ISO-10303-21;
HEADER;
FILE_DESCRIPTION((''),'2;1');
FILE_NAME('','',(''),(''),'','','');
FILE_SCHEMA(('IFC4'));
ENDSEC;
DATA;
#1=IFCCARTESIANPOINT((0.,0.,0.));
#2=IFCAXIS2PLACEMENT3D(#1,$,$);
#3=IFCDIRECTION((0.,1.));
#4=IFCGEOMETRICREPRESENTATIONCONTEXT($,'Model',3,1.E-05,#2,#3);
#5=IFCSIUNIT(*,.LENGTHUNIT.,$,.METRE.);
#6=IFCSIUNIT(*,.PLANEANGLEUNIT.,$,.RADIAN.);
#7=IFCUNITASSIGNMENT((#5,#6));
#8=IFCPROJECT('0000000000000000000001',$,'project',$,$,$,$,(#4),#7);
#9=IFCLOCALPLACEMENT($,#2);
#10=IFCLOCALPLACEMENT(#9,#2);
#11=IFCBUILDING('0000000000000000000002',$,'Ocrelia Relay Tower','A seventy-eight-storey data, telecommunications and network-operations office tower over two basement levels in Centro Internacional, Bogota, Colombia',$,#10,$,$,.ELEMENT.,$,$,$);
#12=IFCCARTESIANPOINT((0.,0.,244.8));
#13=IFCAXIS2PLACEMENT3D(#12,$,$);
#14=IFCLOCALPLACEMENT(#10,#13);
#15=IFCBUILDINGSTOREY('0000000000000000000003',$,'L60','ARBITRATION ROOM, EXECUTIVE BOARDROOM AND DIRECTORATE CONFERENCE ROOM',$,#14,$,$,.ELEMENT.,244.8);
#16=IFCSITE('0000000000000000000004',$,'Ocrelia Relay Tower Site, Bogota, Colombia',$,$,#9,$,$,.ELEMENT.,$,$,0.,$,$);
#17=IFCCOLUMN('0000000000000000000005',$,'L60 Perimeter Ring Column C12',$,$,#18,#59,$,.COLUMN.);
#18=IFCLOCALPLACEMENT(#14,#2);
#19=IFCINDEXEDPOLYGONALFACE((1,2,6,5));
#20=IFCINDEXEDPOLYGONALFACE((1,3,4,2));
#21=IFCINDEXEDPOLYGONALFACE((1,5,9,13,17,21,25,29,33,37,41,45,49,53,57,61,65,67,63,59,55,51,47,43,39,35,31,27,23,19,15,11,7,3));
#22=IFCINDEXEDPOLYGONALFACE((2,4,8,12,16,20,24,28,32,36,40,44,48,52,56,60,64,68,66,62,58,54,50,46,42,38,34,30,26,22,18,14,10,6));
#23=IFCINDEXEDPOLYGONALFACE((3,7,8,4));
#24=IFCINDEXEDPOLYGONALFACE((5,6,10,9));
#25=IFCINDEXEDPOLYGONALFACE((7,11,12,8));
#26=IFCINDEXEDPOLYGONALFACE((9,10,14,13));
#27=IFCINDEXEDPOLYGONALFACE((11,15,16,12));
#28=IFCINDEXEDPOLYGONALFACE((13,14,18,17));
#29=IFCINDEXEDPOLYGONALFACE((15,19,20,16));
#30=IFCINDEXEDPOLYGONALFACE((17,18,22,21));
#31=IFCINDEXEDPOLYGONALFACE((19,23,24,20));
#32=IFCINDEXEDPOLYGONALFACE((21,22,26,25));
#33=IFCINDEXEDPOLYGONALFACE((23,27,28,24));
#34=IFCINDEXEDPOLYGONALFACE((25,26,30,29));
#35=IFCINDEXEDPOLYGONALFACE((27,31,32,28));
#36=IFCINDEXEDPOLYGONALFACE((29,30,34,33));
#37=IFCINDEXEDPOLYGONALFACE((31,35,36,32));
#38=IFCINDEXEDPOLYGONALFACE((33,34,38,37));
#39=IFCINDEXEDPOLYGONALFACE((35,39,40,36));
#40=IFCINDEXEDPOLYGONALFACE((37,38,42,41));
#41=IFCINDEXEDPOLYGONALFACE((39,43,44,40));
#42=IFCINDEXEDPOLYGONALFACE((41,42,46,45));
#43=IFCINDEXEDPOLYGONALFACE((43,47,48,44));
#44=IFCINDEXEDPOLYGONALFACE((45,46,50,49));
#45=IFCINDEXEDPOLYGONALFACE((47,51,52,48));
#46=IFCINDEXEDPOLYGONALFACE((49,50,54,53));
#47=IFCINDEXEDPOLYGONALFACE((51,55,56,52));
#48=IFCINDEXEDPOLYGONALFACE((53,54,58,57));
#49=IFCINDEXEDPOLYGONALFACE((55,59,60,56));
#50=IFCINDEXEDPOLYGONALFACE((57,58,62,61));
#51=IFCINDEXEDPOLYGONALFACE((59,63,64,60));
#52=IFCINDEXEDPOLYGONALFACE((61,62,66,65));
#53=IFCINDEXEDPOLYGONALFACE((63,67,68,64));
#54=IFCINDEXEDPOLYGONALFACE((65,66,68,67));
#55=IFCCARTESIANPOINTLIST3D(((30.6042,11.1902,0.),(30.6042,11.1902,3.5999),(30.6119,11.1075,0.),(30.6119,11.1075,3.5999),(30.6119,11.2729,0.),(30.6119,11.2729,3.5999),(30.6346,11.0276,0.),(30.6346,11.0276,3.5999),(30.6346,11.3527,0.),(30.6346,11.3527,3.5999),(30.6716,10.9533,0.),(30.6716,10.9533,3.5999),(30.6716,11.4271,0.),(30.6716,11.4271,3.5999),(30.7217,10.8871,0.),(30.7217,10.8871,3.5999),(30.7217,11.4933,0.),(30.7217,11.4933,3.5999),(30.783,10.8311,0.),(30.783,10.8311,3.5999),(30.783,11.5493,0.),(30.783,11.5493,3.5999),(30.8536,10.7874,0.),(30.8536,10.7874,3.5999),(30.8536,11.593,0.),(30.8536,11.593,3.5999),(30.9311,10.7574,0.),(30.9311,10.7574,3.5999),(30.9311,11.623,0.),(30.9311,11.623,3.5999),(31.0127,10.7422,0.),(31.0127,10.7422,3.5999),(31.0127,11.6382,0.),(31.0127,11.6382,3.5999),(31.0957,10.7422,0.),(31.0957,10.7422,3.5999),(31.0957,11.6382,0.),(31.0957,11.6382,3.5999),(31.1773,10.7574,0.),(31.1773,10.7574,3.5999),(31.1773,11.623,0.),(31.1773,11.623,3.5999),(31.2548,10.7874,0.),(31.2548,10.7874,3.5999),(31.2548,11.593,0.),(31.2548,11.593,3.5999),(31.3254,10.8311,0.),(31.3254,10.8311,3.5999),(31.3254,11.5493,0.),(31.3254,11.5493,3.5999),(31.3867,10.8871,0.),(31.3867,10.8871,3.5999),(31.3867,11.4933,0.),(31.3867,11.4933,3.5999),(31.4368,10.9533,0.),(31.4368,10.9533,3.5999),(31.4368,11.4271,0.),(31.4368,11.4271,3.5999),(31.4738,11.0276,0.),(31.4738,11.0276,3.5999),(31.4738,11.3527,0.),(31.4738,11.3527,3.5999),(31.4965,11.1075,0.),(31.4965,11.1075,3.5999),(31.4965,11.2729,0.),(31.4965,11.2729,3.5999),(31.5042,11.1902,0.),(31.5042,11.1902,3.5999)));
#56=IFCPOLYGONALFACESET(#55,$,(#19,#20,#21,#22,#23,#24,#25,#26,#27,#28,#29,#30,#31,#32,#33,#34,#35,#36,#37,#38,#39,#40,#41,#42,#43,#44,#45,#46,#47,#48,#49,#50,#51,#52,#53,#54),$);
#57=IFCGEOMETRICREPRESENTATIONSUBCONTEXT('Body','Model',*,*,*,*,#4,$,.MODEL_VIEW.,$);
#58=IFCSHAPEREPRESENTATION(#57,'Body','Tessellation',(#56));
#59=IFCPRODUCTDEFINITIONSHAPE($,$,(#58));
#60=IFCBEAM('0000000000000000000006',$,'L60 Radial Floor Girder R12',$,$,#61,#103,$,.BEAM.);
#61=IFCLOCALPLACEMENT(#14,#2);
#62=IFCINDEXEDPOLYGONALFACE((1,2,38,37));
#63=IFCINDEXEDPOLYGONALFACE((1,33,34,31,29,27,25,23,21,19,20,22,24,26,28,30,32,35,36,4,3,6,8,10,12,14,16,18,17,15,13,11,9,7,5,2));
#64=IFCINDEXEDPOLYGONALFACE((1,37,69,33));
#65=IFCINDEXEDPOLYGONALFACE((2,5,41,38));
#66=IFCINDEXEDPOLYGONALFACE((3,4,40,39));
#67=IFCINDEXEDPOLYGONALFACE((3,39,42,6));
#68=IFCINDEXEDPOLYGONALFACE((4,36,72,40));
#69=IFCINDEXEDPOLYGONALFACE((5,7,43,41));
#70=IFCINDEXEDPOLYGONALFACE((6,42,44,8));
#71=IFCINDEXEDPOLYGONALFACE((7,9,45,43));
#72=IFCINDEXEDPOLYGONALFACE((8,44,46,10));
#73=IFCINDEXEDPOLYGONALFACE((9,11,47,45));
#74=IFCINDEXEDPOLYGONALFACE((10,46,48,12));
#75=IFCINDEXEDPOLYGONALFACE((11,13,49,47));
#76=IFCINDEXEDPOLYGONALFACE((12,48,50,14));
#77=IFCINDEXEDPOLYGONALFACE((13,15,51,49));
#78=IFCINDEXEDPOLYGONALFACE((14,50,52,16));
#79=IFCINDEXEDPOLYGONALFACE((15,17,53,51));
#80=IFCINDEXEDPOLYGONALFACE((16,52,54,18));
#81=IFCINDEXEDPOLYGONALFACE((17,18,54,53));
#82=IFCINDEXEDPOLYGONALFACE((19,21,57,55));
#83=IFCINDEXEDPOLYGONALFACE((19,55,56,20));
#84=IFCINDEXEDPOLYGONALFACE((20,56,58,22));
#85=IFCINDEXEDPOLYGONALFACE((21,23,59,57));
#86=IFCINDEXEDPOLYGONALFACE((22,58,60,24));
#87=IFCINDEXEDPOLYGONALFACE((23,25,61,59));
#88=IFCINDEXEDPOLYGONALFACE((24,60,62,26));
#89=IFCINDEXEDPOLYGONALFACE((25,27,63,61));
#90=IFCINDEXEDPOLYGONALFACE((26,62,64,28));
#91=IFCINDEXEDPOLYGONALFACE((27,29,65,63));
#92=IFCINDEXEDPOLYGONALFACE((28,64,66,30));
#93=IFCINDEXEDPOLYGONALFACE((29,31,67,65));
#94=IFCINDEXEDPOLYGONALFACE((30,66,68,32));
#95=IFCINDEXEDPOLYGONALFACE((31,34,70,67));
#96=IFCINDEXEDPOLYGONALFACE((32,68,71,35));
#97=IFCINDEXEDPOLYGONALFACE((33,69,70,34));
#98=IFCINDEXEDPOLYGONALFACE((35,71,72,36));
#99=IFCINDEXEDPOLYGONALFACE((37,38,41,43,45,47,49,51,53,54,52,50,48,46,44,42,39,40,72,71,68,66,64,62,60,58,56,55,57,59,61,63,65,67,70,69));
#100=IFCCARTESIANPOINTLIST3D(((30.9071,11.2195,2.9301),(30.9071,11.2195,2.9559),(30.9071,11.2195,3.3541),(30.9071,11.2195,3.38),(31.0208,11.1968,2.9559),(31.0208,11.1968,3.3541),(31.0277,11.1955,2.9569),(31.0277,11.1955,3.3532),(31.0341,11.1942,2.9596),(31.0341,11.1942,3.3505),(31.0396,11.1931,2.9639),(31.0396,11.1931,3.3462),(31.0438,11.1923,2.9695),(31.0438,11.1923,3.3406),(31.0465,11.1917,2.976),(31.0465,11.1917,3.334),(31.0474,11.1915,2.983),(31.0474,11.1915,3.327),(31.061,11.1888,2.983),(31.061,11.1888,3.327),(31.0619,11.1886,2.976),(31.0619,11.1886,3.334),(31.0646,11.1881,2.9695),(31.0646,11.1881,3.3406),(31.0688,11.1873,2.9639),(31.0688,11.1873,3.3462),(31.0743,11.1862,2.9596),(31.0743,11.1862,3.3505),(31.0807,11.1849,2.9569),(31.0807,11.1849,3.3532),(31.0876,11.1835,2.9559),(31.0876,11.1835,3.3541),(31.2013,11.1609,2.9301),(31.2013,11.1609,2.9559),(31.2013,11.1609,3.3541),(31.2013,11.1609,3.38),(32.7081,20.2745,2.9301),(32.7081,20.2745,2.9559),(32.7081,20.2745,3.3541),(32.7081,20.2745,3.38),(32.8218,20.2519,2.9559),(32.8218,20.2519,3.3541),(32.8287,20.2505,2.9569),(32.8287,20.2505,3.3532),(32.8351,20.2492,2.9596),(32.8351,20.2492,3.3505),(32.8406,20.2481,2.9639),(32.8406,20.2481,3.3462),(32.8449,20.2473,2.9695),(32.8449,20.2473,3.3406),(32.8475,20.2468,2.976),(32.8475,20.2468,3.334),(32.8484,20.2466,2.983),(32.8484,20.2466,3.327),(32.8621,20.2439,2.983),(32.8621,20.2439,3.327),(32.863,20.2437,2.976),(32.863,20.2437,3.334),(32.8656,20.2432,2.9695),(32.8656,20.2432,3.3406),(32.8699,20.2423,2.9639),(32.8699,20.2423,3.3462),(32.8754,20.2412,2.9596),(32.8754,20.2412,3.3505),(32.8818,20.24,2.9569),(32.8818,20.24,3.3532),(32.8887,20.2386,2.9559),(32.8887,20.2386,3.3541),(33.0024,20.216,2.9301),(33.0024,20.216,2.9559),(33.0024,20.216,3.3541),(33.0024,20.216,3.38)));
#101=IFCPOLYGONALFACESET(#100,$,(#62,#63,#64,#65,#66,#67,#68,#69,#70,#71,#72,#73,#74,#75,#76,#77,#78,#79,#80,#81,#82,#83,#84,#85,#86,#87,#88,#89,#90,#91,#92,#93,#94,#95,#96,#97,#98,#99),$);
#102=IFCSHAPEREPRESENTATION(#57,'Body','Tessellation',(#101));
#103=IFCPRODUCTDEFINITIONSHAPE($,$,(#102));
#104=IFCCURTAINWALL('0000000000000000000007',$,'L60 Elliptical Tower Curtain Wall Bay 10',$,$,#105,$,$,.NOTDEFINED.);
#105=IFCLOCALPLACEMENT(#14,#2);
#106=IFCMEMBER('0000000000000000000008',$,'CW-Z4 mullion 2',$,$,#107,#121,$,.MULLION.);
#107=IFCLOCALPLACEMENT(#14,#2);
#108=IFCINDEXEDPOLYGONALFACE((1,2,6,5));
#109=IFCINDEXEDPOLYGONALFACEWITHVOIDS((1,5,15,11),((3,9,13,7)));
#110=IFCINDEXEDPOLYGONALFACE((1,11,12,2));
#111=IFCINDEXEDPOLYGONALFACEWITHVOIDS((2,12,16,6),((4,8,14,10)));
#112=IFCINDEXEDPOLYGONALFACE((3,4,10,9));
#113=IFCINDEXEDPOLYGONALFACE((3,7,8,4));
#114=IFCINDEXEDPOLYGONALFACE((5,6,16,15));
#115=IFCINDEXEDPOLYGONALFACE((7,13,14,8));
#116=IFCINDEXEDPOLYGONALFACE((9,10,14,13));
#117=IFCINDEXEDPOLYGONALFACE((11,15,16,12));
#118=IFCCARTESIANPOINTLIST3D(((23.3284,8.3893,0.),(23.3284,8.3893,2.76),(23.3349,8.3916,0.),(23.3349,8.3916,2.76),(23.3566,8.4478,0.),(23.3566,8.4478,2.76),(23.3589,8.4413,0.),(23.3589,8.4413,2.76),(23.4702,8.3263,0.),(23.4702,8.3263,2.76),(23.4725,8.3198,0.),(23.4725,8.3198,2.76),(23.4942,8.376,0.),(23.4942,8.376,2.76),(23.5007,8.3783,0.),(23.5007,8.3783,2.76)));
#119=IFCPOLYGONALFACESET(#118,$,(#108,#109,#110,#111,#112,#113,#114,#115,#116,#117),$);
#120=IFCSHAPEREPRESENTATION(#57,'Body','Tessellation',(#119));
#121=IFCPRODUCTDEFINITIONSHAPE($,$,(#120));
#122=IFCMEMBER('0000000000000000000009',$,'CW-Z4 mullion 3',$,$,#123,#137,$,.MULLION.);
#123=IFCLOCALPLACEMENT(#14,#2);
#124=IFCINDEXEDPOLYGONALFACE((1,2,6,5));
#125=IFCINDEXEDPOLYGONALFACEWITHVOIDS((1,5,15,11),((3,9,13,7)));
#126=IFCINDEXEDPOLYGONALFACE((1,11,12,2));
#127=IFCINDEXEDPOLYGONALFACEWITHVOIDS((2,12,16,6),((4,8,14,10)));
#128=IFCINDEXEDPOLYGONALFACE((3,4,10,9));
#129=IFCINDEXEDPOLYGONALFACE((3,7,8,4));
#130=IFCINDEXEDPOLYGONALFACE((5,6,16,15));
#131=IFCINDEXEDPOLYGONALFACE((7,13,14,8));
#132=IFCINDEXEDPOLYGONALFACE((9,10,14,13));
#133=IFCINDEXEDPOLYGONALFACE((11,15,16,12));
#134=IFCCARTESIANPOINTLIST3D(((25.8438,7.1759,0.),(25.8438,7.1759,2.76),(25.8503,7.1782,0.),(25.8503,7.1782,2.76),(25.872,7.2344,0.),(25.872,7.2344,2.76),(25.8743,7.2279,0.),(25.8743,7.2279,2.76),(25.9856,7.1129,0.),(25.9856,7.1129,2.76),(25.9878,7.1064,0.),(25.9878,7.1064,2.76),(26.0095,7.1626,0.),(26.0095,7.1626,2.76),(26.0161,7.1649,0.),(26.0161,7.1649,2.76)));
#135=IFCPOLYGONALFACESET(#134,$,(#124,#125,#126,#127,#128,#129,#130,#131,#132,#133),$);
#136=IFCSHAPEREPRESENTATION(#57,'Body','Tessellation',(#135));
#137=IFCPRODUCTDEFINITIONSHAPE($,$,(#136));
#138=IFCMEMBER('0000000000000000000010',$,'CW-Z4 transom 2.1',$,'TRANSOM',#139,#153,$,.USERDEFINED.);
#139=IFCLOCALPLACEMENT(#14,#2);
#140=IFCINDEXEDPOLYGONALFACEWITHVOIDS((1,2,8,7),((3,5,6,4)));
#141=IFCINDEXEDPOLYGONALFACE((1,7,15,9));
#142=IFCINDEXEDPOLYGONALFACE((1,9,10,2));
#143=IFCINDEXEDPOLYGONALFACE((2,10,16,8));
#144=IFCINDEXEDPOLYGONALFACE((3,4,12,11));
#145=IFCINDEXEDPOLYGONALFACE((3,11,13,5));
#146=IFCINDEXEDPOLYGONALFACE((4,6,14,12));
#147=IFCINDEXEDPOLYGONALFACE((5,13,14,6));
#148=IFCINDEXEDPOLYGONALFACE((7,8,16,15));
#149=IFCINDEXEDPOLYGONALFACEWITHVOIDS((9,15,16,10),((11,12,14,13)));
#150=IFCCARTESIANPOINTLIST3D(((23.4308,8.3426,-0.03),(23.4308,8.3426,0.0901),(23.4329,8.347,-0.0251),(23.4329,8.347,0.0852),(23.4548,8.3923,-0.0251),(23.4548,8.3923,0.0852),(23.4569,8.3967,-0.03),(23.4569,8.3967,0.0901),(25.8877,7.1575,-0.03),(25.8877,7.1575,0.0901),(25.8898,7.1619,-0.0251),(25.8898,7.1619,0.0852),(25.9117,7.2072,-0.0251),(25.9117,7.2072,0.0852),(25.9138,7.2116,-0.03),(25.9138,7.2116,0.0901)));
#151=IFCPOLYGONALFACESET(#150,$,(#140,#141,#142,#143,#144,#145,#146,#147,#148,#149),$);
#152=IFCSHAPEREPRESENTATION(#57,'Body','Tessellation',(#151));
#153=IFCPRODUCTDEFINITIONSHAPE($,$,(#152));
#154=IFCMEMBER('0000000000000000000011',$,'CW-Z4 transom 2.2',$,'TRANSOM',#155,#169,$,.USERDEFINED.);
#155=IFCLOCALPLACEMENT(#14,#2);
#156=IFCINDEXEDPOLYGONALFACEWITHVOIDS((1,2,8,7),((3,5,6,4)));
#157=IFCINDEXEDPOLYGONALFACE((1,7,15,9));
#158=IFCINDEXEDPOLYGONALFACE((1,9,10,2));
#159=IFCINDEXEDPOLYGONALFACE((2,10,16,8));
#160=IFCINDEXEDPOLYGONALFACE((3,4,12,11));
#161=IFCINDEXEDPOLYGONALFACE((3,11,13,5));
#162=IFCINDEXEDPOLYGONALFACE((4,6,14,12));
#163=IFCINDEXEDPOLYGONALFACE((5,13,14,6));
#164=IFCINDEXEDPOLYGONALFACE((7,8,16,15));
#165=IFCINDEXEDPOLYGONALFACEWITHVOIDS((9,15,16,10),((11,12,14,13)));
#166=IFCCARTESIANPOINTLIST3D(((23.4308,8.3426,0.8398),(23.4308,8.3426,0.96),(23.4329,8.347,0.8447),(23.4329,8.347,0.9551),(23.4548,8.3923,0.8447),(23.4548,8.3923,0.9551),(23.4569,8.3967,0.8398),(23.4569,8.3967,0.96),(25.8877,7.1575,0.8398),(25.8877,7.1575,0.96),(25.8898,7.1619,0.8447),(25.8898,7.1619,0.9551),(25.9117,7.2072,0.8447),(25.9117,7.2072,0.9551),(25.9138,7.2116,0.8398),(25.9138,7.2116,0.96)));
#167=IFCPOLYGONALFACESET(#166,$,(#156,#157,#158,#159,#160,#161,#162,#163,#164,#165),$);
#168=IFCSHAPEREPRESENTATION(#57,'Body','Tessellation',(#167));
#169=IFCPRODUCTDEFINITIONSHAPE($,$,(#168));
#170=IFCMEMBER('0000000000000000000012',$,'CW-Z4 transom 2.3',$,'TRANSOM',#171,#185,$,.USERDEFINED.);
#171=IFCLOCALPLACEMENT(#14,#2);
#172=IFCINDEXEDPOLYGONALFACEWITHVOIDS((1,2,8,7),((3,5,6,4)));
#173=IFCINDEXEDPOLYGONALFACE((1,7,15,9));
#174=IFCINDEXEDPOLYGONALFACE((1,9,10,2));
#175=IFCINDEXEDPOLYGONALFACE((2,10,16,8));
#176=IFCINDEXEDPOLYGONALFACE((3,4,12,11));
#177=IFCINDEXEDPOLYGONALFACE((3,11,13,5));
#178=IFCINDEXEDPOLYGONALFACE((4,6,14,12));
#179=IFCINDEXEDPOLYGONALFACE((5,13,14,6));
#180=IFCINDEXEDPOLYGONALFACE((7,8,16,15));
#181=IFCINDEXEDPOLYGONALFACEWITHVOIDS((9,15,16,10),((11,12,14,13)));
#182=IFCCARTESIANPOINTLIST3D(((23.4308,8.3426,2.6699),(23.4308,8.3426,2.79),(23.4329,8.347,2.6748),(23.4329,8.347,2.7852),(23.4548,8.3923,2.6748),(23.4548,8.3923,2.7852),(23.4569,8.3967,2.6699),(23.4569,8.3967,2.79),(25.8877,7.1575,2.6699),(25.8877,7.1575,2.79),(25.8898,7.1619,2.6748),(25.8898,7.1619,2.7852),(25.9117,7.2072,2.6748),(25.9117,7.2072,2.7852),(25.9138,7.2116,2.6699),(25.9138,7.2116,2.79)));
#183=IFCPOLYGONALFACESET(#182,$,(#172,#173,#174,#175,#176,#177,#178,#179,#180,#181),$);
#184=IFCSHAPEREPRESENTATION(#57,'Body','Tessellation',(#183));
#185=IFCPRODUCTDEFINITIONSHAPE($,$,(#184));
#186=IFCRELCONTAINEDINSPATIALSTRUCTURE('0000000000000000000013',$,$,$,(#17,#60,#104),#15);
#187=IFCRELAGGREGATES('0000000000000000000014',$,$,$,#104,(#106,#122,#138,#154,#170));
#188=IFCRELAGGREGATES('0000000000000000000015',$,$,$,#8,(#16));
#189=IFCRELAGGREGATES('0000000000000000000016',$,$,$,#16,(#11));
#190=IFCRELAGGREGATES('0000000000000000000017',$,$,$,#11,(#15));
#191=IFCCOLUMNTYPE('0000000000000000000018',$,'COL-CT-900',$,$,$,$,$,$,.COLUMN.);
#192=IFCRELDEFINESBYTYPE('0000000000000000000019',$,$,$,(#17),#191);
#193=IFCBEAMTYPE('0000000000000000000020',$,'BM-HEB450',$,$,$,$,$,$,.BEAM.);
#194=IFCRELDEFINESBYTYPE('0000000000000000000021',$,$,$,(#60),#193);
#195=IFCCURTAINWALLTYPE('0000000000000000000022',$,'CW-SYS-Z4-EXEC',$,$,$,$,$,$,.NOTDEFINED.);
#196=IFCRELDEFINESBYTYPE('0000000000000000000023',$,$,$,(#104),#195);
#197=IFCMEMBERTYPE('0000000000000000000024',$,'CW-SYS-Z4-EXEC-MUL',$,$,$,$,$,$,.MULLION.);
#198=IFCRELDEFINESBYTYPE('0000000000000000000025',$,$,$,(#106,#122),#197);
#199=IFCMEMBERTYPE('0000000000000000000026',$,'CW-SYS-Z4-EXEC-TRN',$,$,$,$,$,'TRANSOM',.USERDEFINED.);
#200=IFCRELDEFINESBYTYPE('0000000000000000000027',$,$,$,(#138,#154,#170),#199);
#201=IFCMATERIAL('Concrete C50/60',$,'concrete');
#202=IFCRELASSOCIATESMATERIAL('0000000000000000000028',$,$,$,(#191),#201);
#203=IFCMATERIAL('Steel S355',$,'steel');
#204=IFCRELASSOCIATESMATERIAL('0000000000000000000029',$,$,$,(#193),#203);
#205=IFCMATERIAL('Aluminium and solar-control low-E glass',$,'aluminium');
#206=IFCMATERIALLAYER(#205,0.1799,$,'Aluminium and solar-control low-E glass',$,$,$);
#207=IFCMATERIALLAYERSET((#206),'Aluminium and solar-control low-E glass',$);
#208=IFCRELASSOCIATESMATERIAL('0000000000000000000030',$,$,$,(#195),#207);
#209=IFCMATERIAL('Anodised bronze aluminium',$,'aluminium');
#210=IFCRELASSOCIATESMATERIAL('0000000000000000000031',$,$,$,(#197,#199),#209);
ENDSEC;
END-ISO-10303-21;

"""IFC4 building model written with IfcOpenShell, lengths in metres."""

from ifc_helpers import new_model, si_unit, direction, frame, origin, origin_2d, place, context, subcontext, project, spatial, hollow_rectangle, circle, i_section, extrude, material, layer, layer_set, material_profile, profile_set, type_object, element, aggregate, save


model = new_model("IFC4")

# Units and contexts
model_context = context("Model", 3, precision=1e-05, world=origin(), true_north=direction((0.0, 1.0)))
body_context = subcontext(model_context, "Body", "Model", "MODEL_VIEW")
ifc_project = project(units=[si_unit("LENGTHUNIT", "METRE"), si_unit("PLANEANGLEUNIT", "RADIAN")], contexts=[model_context])

# Site, building, storey
site_placement = place(None, origin())
site = spatial("IfcSite", under=ifc_project, at=site_placement, Name="Ocrelia Relay Tower Site, Bogota, Colombia", CompositionType="ELEMENT", RefElevation=0.0)
building_placement = place(site_placement, origin())
building = spatial("IfcBuilding", under=site, at=building_placement, Name="Ocrelia Relay Tower", Description="A seventy-eight-storey data, telecommunications and network-operations office tower over two basement levels in Centro Internacional, Bogota, Colombia", CompositionType="ELEMENT")
storey_placement = place(building_placement, frame((0.0, 0.0, 244.8)))
storey = spatial("IfcBuildingStorey", under=building, at=storey_placement, Name="L60", Description="ARBITRATION ROOM, EXECUTIVE BOARDROOM AND DIRECTORATE CONFERENCE ROOM", CompositionType="ELEMENT", Elevation=244.8)

# Column
ifc_material_1 = material(Name="Concrete C50/60", Category="concrete")
ifc_material_profile_1 = material_profile(ifc_material_1, circle(Radius=0.45, at=origin_2d()), Name="RC-CIR-900")
ifc_profile_set_1 = profile_set([ifc_material_profile_1], Name="Concrete C50/60")
column_type = type_object("IfcColumnType", Name="COL-CT-900", PredefinedType="COLUMN", material=ifc_profile_set_1)
column_placement = place(storey_placement, frame((31.0542, 11.1902, 0.0), z_axis=(0.0, 0.0, 1.0), x_axis=(1.0, 0.0, 0.0)))
element("IfcColumn", 1, at=column_placement, inside=storey, type_object=column_type, Name="L60 Perimeter Ring Column C12", PredefinedType="COLUMN", context=body_context, shape_type="SweptSolid", body=[
    extrude(circle(Radius=0.45, at=origin_2d()), origin(), (0.0, 0.0, 1.0), 3.5999),
])

# Beam
ifc_material_2 = material(Name="Steel S355", Category="steel")
ifc_material_profile_2 = material_profile(ifc_material_2, i_section(OverallWidth=0.3, OverallDepth=0.45, WebThickness=0.0139, FlangeThickness=0.0259, FilletRadius=0.0271, at=origin_2d()), Name="HEB 450")
ifc_profile_set_2 = profile_set([ifc_material_profile_2], Name="Steel S355")
beam_type = type_object("IfcBeamType", Name="BM-HEB450", PredefinedType="BEAM", material=ifc_profile_set_2)
beam_placement = place(storey_placement, frame((31.0542, 11.1902, 3.155), z_axis=(0.195079, 0.980788, 0.0), x_axis=(-0.980788, 0.195079, 0.0)))
element("IfcBeam", 2, at=beam_placement, inside=storey, type_object=beam_type, Name="L60 Radial Floor Girder R12", PredefinedType="BEAM", context=body_context, shape_type="SweptSolid", body=[
    extrude(i_section(OverallWidth=0.3, OverallDepth=0.45, WebThickness=0.0139, FlangeThickness=0.0259, FilletRadius=0.0271, at=origin_2d()), origin(), (0.0, 0.0, 1.0), 9.2324),
])

# Curtain wall, members
ifc_material_3 = material(Name="Aluminium and solar-control low-E glass", Category="aluminium")
ifc_layer_1 = layer(ifc_material_3, 0.1799, Name="Aluminium and solar-control low-E glass")
ifc_layer_set_1 = layer_set([ifc_layer_1], Name="Aluminium and solar-control low-E glass")
curtain_wall_type = type_object("IfcCurtainWallType", Name="CW-SYS-Z4-EXEC", PredefinedType="NOTDEFINED", material=ifc_layer_set_1)
curtain_wall_placement = place(storey_placement, origin())
curtain_wall = element("IfcCurtainWall", 3, at=curtain_wall_placement, inside=storey, type_object=curtain_wall_type, Name="L60 Elliptical Tower Curtain Wall Bay 10", PredefinedType="NOTDEFINED")
ifc_material_4 = material(Name="Anodised bronze aluminium", Category="aluminium")
ifc_material_profile_3 = material_profile(ifc_material_4, hollow_rectangle(XDim=0.0649, YDim=0.1599, WallThickness=0.0049, at=origin_2d()), Name="CW-MUL-160x65")
ifc_profile_set_3 = profile_set([ifc_material_profile_3], Name="Anodised bronze aluminium")
member_type_1 = type_object("IfcMemberType", Name="CW-SYS-Z4-EXEC-MUL", PredefinedType="MULLION", material=ifc_profile_set_3)
member_1_placement = place(storey_placement, frame((23.4146, 8.3838, 0.0), z_axis=(0.0, 0.0, 1.0), x_axis=(0.434418, 0.900711, 0.0)))
member_1 = element("IfcMember", 4, at=member_1_placement, type_object=member_type_1, Name="CW-Z4 mullion 2", PredefinedType="MULLION", context=body_context, shape_type="SweptSolid", body=[
    extrude(hollow_rectangle(XDim=0.0649, YDim=0.1599, WallThickness=0.0049, at=origin_2d()), origin(), (0.0, 0.0, 1.0), 2.76),
])
member_2_placement = place(storey_placement, frame((25.9299, 7.1704, 0.0), z_axis=(0.0, 0.0, 1.0), x_axis=(0.434418, 0.900711, 0.0)))
member_2 = element("IfcMember", 5, at=member_2_placement, type_object=member_type_1, Name="CW-Z4 mullion 3", PredefinedType="MULLION", context=body_context, shape_type="SweptSolid", body=[
    extrude(hollow_rectangle(XDim=0.0649, YDim=0.1599, WallThickness=0.0049, at=origin_2d()), origin(), (0.0, 0.0, 1.0), 2.76),
])
ifc_material_profile_4 = material_profile(ifc_material_4, hollow_rectangle(XDim=0.0601, YDim=0.1201, WallThickness=0.0049, at=origin_2d()), Name="CW-TRN-120x60")
ifc_profile_set_4 = profile_set([ifc_material_profile_4], Name="Anodised bronze aluminium")
member_type_2 = type_object("IfcMemberType", Name="CW-SYS-Z4-EXEC-TRN", ElementType="TRANSOM", PredefinedType="USERDEFINED", material=ifc_profile_set_4)
member_3_placement = place(storey_placement, frame((23.4438, 8.3696, 0.03), z_axis=(0.900692, -0.434459, 0.0), x_axis=(0.434459, 0.900692, 0.0)))
member_3 = element("IfcMember", 6, at=member_3_placement, type_object=member_type_2, Name="CW-Z4 transom 2.1", ObjectType="TRANSOM", PredefinedType="USERDEFINED", context=body_context, shape_type="SweptSolid", body=[
    extrude(hollow_rectangle(XDim=0.0601, YDim=0.1201, WallThickness=0.0049, at=origin_2d()), origin(), (0.0, 0.0, 1.0), 2.7278),
])
member_4_placement = place(storey_placement, frame((23.4438, 8.3696, 0.8999), z_axis=(0.900692, -0.434459, 0.0), x_axis=(0.434459, 0.900692, 0.0)))
member_4 = element("IfcMember", 7, at=member_4_placement, type_object=member_type_2, Name="CW-Z4 transom 2.2", ObjectType="TRANSOM", PredefinedType="USERDEFINED", context=body_context, shape_type="SweptSolid", body=[
    extrude(hollow_rectangle(XDim=0.0601, YDim=0.1201, WallThickness=0.0049, at=origin_2d()), origin(), (0.0, 0.0, 1.0), 2.7278),
])
member_5_placement = place(storey_placement, frame((23.4438, 8.3696, 2.73), z_axis=(0.900692, -0.434459, 0.0), x_axis=(0.434459, 0.900692, 0.0)))
member_5 = element("IfcMember", 8, at=member_5_placement, type_object=member_type_2, Name="CW-Z4 transom 2.3", ObjectType="TRANSOM", PredefinedType="USERDEFINED", context=body_context, shape_type="SweptSolid", body=[
    extrude(hollow_rectangle(XDim=0.0601, YDim=0.1201, WallThickness=0.0049, at=origin_2d()), origin(), (0.0, 0.0, 1.0), 2.7278),
])
aggregate(curtain_wall, [member_1, member_2, member_3, member_4, member_5])

save(model, "model.ifc")
